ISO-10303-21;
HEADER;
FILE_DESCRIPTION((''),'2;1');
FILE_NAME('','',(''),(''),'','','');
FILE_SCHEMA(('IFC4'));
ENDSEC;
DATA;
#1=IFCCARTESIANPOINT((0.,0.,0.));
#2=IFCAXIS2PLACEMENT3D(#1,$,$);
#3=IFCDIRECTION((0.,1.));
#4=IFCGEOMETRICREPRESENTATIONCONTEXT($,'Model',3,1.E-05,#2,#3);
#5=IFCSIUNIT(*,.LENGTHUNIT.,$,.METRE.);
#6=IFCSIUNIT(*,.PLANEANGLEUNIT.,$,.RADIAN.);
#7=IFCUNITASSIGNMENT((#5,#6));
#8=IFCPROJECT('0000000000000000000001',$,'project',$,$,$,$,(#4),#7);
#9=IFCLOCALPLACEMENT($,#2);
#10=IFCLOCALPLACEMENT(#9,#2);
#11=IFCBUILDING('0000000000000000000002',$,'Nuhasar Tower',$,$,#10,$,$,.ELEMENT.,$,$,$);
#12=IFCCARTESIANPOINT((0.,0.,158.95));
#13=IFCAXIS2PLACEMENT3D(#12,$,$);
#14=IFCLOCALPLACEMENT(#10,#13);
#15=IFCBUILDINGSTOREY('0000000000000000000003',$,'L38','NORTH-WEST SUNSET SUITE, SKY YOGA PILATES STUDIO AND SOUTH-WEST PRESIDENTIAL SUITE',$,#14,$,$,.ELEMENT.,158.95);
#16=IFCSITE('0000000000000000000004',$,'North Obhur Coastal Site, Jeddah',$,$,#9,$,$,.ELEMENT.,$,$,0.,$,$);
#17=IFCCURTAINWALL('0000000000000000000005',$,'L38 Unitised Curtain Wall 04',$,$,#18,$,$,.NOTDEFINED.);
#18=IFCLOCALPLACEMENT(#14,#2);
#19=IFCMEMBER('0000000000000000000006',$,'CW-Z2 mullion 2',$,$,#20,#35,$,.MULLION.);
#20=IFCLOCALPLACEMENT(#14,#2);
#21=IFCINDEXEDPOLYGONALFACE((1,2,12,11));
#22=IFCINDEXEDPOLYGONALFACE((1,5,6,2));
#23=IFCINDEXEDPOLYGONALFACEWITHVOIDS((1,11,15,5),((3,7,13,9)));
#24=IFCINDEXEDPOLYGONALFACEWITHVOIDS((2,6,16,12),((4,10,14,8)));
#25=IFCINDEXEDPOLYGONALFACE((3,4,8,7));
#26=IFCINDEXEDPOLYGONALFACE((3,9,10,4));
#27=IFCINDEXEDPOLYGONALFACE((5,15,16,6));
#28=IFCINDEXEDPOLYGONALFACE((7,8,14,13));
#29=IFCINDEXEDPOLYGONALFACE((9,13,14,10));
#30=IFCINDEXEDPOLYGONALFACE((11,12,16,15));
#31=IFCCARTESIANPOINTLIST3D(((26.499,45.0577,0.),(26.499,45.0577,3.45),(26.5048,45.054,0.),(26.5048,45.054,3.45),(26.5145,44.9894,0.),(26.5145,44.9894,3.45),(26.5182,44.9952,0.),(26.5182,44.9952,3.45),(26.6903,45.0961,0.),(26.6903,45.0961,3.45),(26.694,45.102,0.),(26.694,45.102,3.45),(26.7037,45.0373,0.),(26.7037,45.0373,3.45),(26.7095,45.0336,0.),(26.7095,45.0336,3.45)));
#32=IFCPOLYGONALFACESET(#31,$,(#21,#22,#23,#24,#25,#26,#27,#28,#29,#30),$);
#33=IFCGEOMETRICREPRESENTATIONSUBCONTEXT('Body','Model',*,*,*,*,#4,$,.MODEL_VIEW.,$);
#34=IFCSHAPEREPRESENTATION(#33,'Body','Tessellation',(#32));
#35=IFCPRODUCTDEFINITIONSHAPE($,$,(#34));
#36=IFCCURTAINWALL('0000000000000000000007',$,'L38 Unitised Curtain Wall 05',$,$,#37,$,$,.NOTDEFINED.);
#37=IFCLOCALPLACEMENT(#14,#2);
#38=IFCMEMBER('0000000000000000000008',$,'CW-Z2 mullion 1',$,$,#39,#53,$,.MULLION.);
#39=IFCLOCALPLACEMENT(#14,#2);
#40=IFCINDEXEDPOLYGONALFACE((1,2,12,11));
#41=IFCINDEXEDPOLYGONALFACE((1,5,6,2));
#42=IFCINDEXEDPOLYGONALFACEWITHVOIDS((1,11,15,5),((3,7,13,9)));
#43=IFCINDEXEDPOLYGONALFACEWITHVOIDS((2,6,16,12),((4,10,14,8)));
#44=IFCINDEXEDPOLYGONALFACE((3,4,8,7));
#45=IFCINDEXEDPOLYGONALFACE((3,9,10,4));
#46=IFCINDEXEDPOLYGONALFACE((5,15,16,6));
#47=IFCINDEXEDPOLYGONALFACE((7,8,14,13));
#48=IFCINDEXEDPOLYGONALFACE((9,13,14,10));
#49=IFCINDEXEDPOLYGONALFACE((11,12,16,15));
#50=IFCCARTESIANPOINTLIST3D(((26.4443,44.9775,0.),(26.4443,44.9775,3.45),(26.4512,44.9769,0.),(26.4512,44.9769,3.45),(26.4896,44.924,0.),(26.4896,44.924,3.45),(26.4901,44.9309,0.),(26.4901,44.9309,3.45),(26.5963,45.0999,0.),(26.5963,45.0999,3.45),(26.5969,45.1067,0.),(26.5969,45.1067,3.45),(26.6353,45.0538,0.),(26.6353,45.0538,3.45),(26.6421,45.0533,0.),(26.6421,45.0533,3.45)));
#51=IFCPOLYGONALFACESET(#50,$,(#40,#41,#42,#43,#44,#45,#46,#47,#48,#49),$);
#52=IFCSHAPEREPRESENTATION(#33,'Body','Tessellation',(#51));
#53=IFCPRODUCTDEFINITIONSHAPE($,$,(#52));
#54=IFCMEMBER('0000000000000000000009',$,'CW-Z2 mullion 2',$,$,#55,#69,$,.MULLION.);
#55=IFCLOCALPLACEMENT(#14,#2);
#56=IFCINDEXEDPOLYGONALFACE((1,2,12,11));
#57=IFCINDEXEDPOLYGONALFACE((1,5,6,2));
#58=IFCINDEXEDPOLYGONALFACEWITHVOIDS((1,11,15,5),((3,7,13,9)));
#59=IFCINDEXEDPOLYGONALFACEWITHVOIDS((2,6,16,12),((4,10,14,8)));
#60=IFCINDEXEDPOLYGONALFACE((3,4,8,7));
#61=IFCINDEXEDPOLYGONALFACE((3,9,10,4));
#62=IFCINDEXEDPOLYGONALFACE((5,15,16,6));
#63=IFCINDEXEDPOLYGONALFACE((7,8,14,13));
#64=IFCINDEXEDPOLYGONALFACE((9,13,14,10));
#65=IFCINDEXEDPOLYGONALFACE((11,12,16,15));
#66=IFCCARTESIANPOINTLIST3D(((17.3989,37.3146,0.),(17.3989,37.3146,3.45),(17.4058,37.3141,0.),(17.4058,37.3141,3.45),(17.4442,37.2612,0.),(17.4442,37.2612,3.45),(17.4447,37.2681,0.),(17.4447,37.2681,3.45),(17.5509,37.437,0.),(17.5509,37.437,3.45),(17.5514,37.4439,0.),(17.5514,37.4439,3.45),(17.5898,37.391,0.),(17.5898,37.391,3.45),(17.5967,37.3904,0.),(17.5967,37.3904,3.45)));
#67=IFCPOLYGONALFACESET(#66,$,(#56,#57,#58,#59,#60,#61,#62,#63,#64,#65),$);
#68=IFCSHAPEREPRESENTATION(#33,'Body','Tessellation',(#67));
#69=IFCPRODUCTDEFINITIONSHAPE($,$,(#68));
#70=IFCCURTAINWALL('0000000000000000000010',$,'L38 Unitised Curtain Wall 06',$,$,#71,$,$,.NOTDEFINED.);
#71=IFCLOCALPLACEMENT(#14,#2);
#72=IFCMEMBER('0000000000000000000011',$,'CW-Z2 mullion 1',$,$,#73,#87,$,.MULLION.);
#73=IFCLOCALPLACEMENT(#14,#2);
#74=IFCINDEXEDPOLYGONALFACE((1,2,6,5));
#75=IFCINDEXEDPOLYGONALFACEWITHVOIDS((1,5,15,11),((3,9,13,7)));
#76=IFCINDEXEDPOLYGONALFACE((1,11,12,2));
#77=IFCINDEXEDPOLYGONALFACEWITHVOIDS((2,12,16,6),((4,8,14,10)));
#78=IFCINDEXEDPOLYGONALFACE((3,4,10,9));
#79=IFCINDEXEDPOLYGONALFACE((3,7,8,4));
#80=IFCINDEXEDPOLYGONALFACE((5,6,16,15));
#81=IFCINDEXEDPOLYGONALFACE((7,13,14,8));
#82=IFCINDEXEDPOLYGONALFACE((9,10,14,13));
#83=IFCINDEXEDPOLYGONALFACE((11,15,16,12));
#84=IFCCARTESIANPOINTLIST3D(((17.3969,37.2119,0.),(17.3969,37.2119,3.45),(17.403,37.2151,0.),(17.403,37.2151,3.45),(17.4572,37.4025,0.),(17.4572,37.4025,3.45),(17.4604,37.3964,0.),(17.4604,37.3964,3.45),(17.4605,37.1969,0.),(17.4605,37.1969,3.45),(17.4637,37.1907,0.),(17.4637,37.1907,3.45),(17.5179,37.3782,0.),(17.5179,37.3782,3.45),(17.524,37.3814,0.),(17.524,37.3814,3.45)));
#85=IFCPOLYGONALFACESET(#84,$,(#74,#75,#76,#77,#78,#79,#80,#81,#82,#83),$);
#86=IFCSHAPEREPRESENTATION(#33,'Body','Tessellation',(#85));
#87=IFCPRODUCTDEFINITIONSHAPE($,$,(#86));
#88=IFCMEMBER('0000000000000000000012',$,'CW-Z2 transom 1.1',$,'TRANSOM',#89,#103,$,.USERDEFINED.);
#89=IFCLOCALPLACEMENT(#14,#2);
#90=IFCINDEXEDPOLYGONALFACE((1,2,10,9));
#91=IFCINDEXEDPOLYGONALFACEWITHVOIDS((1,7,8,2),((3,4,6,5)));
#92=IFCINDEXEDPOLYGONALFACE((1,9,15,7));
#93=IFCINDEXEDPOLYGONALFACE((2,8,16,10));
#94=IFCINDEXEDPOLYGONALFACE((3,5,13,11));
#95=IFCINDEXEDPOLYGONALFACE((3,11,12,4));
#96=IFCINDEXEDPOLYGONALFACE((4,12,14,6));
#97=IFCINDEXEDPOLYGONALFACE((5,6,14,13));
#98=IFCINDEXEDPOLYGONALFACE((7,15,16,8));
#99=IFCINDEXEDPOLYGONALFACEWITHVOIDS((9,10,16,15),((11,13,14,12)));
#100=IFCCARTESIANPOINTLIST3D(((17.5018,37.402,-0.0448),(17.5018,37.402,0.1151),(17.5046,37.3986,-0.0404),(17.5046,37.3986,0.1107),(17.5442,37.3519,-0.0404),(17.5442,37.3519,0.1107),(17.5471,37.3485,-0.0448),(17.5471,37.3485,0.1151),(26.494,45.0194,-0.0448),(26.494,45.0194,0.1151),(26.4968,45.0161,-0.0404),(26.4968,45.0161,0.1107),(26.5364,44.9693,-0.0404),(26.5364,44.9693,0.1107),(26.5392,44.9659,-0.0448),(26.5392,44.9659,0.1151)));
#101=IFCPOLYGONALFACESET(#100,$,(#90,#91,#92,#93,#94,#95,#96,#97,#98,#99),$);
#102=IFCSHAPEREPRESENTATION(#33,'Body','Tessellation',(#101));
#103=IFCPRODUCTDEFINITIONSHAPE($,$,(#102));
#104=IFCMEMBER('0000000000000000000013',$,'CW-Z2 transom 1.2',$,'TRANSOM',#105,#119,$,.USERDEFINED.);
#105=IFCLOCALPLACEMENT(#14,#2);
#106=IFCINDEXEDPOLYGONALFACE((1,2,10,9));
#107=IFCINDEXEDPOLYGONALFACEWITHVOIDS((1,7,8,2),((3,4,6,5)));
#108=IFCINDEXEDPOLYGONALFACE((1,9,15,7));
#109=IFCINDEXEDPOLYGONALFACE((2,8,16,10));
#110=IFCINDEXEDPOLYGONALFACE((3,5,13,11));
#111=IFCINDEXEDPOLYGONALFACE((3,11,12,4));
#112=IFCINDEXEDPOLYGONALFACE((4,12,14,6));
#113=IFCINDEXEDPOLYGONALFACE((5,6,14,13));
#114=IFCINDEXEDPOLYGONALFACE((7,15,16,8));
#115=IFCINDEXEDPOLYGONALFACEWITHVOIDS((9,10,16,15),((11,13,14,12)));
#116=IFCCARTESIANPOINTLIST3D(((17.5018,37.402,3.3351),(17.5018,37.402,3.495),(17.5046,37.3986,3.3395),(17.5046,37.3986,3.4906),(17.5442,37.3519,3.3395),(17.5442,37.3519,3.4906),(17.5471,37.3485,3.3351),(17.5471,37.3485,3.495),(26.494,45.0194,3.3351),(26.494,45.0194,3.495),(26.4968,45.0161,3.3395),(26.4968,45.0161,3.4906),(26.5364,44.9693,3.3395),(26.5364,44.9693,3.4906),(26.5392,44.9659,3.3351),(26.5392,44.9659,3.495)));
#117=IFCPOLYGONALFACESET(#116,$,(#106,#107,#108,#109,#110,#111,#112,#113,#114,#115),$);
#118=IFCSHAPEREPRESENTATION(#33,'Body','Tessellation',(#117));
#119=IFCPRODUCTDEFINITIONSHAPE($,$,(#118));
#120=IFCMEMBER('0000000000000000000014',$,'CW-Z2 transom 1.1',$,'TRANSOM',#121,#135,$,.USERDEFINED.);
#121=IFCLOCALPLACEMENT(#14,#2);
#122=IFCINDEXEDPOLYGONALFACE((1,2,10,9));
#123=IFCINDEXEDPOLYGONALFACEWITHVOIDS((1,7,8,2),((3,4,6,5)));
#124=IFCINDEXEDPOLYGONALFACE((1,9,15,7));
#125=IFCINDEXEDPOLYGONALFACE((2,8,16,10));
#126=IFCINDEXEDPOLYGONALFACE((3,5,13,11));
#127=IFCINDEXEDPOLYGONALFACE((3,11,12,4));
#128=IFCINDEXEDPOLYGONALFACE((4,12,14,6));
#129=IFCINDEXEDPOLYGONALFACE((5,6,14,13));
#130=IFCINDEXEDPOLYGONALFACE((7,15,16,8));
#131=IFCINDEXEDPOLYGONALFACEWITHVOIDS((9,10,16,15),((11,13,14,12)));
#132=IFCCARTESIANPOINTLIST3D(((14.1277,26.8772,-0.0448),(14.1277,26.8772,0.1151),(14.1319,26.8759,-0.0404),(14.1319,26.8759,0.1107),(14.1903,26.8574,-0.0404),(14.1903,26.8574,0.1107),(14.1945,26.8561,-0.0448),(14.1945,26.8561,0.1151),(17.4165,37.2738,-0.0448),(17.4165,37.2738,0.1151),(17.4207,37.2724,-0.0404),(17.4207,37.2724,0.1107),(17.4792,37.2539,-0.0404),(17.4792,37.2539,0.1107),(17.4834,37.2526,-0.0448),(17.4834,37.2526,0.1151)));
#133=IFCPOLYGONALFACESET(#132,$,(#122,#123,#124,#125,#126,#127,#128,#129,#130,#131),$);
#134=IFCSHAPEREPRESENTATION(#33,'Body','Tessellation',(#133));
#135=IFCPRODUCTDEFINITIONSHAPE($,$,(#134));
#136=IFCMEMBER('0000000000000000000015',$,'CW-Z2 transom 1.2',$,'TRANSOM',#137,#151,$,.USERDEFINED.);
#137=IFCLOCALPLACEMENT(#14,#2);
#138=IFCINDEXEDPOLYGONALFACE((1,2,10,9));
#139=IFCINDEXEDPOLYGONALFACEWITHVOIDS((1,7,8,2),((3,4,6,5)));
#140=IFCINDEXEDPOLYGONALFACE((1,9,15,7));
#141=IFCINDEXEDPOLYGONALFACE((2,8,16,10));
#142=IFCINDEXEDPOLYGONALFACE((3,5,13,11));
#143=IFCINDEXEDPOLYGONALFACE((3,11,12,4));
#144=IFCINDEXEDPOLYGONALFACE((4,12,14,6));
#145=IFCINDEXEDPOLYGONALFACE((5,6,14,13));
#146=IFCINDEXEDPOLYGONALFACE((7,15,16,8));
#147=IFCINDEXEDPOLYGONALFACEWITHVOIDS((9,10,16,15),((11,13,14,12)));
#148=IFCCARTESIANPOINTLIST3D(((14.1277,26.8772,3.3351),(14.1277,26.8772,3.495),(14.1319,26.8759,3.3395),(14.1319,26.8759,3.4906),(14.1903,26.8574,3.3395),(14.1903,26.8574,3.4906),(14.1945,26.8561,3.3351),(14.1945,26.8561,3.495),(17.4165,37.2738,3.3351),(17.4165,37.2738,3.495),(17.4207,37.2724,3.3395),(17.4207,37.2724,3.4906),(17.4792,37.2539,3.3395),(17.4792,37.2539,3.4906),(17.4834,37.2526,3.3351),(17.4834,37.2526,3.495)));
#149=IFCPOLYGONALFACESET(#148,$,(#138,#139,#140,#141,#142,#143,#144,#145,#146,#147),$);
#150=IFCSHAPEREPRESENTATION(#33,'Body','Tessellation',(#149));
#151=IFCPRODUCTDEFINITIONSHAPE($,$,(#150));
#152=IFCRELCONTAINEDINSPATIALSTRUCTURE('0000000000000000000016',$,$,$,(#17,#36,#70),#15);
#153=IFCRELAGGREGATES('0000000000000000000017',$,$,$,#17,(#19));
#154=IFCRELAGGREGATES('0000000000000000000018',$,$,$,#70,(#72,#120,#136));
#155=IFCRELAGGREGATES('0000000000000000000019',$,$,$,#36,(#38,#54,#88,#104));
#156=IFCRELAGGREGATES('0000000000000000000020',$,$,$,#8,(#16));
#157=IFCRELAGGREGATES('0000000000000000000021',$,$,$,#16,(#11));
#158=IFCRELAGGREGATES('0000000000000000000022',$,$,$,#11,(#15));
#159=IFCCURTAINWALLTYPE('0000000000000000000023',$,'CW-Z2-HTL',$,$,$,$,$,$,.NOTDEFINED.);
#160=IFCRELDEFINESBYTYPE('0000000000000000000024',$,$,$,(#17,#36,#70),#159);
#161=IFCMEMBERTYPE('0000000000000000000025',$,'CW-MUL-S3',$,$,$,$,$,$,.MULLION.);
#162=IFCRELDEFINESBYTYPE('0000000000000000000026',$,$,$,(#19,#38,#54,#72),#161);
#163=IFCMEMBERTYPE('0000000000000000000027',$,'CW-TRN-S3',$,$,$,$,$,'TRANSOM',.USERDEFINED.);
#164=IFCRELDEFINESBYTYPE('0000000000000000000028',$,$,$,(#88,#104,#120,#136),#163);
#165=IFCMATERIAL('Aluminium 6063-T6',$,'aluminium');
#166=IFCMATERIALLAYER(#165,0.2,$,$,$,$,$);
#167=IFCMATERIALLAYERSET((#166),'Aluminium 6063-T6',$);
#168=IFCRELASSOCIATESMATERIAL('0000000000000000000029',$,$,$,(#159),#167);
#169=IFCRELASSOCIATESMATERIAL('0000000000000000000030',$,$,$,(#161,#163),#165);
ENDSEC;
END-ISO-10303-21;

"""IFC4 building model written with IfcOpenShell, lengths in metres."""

from ifc_helpers import new_model, si_unit, direction, frame, origin, origin_2d, place, context, subcontext, project, spatial, hollow_rectangle, extrude, material, layer, layer_set, material_profile, profile_set, type_object, element, aggregate, save


model = new_model("IFC4")

# Units and contexts
model_context = context("Model", 3, precision=1e-05, world=origin(), true_north=direction((0.0, 1.0)))
body_context = subcontext(model_context, "Body", "Model", "MODEL_VIEW")
ifc_project = project(units=[si_unit("LENGTHUNIT", "METRE"), si_unit("PLANEANGLEUNIT", "RADIAN")], contexts=[model_context])

# Site, building, storey
site_placement = place(None, origin())
site = spatial("IfcSite", under=ifc_project, at=site_placement, Name="North Obhur Coastal Site, Jeddah", CompositionType="ELEMENT", RefElevation=0.0)
building_placement = place(site_placement, origin())
building = spatial("IfcBuilding", under=site, at=building_placement, Name="Nuhasar Tower", CompositionType="ELEMENT")
storey_placement = place(building_placement, frame((0.0, 0.0, 158.95)))
storey = spatial("IfcBuildingStorey", under=building, at=storey_placement, Name="L38", Description="NORTH-WEST SUNSET SUITE, SKY YOGA PILATES STUDIO AND SOUTH-WEST PRESIDENTIAL SUITE", CompositionType="ELEMENT", Elevation=158.95)

# Curtain wall, member
ifc_material_1 = material(Name="Aluminium 6063-T6", Category="aluminium")
ifc_layer_1 = layer(ifc_material_1, 0.2)
ifc_layer_set_1 = layer_set([ifc_layer_1], Name="Aluminium 6063-T6")
curtain_wall_type = type_object("IfcCurtainWallType", Name="CW-Z2-HTL", PredefinedType="NOTDEFINED", material=ifc_layer_set_1)
curtain_wall_1_placement = place(storey_placement, origin())
curtain_wall_1 = element("IfcCurtainWall", 1, at=curtain_wall_1_placement, inside=storey, type_object=curtain_wall_type, Name="L38 Unitised Curtain Wall 04", PredefinedType="NOTDEFINED")
ifc_material_profile_1 = material_profile(ifc_material_1, hollow_rectangle(XDim=0.0701, YDim=0.2, WallThickness=0.0049, at=origin_2d()), Name="CWM-3")
ifc_profile_set_1 = profile_set([ifc_material_profile_1], Name="Aluminium 6063-T6")
member_type_1 = type_object("IfcMemberType", Name="CW-MUL-S3", PredefinedType="MULLION", material=ifc_profile_set_1)
member_1_placement = place(storey_placement, frame((26.6042, 45.0457, 0.0), z_axis=(0.0, 0.0, 1.0), x_axis=(0.221397, -0.975184, 0.0)))
member_1 = element("IfcMember", 2, at=member_1_placement, type_object=member_type_1, Name="CW-Z2 mullion 2", PredefinedType="MULLION", context=body_context, shape_type="SweptSolid", body=[
    extrude(hollow_rectangle(XDim=0.0701, YDim=0.2, WallThickness=0.0049, at=origin_2d()), origin(), (0.0, 0.0, 1.0), 3.45),
])
aggregate(curtain_wall_1, [member_1])

# Curtain wall, members
curtain_wall_2_placement = place(storey_placement, origin())
curtain_wall_2 = element("IfcCurtainWall", 3, at=curtain_wall_2_placement, inside=storey, type_object=curtain_wall_type, Name="L38 Unitised Curtain Wall 05", PredefinedType="NOTDEFINED")
member_2_placement = place(storey_placement, frame((26.5432, 45.0154, 0.0), z_axis=(0.0, 0.0, 1.0), x_axis=(0.646374, -0.76302, 0.0)))
member_2 = element("IfcMember", 4, at=member_2_placement, type_object=member_type_1, Name="CW-Z2 mullion 1", PredefinedType="MULLION", context=body_context, shape_type="SweptSolid", body=[
    extrude(hollow_rectangle(XDim=0.0701, YDim=0.2, WallThickness=0.0049, at=origin_2d()), origin(), (0.0, 0.0, 1.0), 3.45),
])
member_3_placement = place(storey_placement, frame((17.4978, 37.3525, 0.0), z_axis=(0.0, 0.0, 1.0), x_axis=(0.646374, -0.76302, 0.0)))
member_3 = element("IfcMember", 5, at=member_3_placement, type_object=member_type_1, Name="CW-Z2 mullion 2", PredefinedType="MULLION", context=body_context, shape_type="SweptSolid", body=[
    extrude(hollow_rectangle(XDim=0.0701, YDim=0.2, WallThickness=0.0049, at=origin_2d()), origin(), (0.0, 0.0, 1.0), 3.45),
])

# Curtain wall, member
curtain_wall_3_placement = place(storey_placement, origin())
curtain_wall_3 = element("IfcCurtainWall", 6, at=curtain_wall_3_placement, inside=storey, type_object=curtain_wall_type, Name="L38 Unitised Curtain Wall 06", PredefinedType="NOTDEFINED")
member_4_placement = place(storey_placement, frame((17.4604, 37.2966, 0.0), z_axis=(0.0, 0.0, 1.0), x_axis=(0.953433, -0.301604, 0.0)))
member_4 = element("IfcMember", 7, at=member_4_placement, type_object=member_type_1, Name="CW-Z2 mullion 1", PredefinedType="MULLION", context=body_context, shape_type="SweptSolid", body=[
    extrude(hollow_rectangle(XDim=0.0701, YDim=0.2, WallThickness=0.0049, at=origin_2d()), origin(), (0.0, 0.0, 1.0), 3.45),
])

# Members
ifc_material_profile_2 = material_profile(ifc_material_1, hollow_rectangle(XDim=0.0701, YDim=0.1599, WallThickness=0.0044, at=origin_2d()), Name="CWT-3")
ifc_profile_set_2 = profile_set([ifc_material_profile_2], Name="Aluminium 6063-T6")
member_type_2 = type_object("IfcMemberType", Name="CW-TRN-S3", ElementType="TRANSOM", PredefinedType="USERDEFINED", material=ifc_profile_set_2)
member_5_placement = place(storey_placement, frame((26.5166, 44.9927, 0.0352), z_axis=(-0.763024, -0.64637, 0.0), x_axis=(0.64637, -0.763024, 0.0)))
member_5 = element("IfcMember", 8, at=member_5_placement, type_object=member_type_2, Name="CW-Z2 transom 1.1", ObjectType="TRANSOM", PredefinedType="USERDEFINED", context=body_context, shape_type="SweptSolid", body=[
    extrude(hollow_rectangle(XDim=0.0701, YDim=0.1599, WallThickness=0.0044, at=origin_2d()), origin(), (0.0, 0.0, 1.0), 11.7849),
])
member_6_placement = place(storey_placement, frame((26.5166, 44.9927, 3.415), z_axis=(-0.763024, -0.64637, 0.0), x_axis=(0.64637, -0.763024, 0.0)))
member_6 = element("IfcMember", 9, at=member_6_placement, type_object=member_type_2, Name="CW-Z2 transom 1.2", ObjectType="TRANSOM", PredefinedType="USERDEFINED", context=body_context, shape_type="SweptSolid", body=[
    extrude(hollow_rectangle(XDim=0.0701, YDim=0.1599, WallThickness=0.0044, at=origin_2d()), origin(), (0.0, 0.0, 1.0), 11.7849),
])
member_7_placement = place(storey_placement, frame((17.45, 37.2632, 0.0352), z_axis=(-0.301608, -0.953432, 0.0), x_axis=(0.953432, -0.301608, 0.0)))
member_7 = element("IfcMember", 10, at=member_7_placement, type_object=member_type_2, Name="CW-Z2 transom 1.1", ObjectType="TRANSOM", PredefinedType="USERDEFINED", context=body_context, shape_type="SweptSolid", body=[
    extrude(hollow_rectangle(XDim=0.0701, YDim=0.1599, WallThickness=0.0044, at=origin_2d()), origin(), (0.0, 0.0, 1.0), 10.9043),
])
member_8_placement = place(storey_placement, frame((17.45, 37.2632, 3.415), z_axis=(-0.301608, -0.953432, 0.0), x_axis=(0.953432, -0.301608, 0.0)))
member_8 = element("IfcMember", 11, at=member_8_placement, type_object=member_type_2, Name="CW-Z2 transom 1.2", ObjectType="TRANSOM", PredefinedType="USERDEFINED", context=body_context, shape_type="SweptSolid", body=[
    extrude(hollow_rectangle(XDim=0.0701, YDim=0.1599, WallThickness=0.0044, at=origin_2d()), origin(), (0.0, 0.0, 1.0), 10.9043),
])
aggregate(curtain_wall_3, [member_4, member_7, member_8])

aggregate(curtain_wall_2, [member_2, member_3, member_5, member_6])

save(model, "model.ifc")
